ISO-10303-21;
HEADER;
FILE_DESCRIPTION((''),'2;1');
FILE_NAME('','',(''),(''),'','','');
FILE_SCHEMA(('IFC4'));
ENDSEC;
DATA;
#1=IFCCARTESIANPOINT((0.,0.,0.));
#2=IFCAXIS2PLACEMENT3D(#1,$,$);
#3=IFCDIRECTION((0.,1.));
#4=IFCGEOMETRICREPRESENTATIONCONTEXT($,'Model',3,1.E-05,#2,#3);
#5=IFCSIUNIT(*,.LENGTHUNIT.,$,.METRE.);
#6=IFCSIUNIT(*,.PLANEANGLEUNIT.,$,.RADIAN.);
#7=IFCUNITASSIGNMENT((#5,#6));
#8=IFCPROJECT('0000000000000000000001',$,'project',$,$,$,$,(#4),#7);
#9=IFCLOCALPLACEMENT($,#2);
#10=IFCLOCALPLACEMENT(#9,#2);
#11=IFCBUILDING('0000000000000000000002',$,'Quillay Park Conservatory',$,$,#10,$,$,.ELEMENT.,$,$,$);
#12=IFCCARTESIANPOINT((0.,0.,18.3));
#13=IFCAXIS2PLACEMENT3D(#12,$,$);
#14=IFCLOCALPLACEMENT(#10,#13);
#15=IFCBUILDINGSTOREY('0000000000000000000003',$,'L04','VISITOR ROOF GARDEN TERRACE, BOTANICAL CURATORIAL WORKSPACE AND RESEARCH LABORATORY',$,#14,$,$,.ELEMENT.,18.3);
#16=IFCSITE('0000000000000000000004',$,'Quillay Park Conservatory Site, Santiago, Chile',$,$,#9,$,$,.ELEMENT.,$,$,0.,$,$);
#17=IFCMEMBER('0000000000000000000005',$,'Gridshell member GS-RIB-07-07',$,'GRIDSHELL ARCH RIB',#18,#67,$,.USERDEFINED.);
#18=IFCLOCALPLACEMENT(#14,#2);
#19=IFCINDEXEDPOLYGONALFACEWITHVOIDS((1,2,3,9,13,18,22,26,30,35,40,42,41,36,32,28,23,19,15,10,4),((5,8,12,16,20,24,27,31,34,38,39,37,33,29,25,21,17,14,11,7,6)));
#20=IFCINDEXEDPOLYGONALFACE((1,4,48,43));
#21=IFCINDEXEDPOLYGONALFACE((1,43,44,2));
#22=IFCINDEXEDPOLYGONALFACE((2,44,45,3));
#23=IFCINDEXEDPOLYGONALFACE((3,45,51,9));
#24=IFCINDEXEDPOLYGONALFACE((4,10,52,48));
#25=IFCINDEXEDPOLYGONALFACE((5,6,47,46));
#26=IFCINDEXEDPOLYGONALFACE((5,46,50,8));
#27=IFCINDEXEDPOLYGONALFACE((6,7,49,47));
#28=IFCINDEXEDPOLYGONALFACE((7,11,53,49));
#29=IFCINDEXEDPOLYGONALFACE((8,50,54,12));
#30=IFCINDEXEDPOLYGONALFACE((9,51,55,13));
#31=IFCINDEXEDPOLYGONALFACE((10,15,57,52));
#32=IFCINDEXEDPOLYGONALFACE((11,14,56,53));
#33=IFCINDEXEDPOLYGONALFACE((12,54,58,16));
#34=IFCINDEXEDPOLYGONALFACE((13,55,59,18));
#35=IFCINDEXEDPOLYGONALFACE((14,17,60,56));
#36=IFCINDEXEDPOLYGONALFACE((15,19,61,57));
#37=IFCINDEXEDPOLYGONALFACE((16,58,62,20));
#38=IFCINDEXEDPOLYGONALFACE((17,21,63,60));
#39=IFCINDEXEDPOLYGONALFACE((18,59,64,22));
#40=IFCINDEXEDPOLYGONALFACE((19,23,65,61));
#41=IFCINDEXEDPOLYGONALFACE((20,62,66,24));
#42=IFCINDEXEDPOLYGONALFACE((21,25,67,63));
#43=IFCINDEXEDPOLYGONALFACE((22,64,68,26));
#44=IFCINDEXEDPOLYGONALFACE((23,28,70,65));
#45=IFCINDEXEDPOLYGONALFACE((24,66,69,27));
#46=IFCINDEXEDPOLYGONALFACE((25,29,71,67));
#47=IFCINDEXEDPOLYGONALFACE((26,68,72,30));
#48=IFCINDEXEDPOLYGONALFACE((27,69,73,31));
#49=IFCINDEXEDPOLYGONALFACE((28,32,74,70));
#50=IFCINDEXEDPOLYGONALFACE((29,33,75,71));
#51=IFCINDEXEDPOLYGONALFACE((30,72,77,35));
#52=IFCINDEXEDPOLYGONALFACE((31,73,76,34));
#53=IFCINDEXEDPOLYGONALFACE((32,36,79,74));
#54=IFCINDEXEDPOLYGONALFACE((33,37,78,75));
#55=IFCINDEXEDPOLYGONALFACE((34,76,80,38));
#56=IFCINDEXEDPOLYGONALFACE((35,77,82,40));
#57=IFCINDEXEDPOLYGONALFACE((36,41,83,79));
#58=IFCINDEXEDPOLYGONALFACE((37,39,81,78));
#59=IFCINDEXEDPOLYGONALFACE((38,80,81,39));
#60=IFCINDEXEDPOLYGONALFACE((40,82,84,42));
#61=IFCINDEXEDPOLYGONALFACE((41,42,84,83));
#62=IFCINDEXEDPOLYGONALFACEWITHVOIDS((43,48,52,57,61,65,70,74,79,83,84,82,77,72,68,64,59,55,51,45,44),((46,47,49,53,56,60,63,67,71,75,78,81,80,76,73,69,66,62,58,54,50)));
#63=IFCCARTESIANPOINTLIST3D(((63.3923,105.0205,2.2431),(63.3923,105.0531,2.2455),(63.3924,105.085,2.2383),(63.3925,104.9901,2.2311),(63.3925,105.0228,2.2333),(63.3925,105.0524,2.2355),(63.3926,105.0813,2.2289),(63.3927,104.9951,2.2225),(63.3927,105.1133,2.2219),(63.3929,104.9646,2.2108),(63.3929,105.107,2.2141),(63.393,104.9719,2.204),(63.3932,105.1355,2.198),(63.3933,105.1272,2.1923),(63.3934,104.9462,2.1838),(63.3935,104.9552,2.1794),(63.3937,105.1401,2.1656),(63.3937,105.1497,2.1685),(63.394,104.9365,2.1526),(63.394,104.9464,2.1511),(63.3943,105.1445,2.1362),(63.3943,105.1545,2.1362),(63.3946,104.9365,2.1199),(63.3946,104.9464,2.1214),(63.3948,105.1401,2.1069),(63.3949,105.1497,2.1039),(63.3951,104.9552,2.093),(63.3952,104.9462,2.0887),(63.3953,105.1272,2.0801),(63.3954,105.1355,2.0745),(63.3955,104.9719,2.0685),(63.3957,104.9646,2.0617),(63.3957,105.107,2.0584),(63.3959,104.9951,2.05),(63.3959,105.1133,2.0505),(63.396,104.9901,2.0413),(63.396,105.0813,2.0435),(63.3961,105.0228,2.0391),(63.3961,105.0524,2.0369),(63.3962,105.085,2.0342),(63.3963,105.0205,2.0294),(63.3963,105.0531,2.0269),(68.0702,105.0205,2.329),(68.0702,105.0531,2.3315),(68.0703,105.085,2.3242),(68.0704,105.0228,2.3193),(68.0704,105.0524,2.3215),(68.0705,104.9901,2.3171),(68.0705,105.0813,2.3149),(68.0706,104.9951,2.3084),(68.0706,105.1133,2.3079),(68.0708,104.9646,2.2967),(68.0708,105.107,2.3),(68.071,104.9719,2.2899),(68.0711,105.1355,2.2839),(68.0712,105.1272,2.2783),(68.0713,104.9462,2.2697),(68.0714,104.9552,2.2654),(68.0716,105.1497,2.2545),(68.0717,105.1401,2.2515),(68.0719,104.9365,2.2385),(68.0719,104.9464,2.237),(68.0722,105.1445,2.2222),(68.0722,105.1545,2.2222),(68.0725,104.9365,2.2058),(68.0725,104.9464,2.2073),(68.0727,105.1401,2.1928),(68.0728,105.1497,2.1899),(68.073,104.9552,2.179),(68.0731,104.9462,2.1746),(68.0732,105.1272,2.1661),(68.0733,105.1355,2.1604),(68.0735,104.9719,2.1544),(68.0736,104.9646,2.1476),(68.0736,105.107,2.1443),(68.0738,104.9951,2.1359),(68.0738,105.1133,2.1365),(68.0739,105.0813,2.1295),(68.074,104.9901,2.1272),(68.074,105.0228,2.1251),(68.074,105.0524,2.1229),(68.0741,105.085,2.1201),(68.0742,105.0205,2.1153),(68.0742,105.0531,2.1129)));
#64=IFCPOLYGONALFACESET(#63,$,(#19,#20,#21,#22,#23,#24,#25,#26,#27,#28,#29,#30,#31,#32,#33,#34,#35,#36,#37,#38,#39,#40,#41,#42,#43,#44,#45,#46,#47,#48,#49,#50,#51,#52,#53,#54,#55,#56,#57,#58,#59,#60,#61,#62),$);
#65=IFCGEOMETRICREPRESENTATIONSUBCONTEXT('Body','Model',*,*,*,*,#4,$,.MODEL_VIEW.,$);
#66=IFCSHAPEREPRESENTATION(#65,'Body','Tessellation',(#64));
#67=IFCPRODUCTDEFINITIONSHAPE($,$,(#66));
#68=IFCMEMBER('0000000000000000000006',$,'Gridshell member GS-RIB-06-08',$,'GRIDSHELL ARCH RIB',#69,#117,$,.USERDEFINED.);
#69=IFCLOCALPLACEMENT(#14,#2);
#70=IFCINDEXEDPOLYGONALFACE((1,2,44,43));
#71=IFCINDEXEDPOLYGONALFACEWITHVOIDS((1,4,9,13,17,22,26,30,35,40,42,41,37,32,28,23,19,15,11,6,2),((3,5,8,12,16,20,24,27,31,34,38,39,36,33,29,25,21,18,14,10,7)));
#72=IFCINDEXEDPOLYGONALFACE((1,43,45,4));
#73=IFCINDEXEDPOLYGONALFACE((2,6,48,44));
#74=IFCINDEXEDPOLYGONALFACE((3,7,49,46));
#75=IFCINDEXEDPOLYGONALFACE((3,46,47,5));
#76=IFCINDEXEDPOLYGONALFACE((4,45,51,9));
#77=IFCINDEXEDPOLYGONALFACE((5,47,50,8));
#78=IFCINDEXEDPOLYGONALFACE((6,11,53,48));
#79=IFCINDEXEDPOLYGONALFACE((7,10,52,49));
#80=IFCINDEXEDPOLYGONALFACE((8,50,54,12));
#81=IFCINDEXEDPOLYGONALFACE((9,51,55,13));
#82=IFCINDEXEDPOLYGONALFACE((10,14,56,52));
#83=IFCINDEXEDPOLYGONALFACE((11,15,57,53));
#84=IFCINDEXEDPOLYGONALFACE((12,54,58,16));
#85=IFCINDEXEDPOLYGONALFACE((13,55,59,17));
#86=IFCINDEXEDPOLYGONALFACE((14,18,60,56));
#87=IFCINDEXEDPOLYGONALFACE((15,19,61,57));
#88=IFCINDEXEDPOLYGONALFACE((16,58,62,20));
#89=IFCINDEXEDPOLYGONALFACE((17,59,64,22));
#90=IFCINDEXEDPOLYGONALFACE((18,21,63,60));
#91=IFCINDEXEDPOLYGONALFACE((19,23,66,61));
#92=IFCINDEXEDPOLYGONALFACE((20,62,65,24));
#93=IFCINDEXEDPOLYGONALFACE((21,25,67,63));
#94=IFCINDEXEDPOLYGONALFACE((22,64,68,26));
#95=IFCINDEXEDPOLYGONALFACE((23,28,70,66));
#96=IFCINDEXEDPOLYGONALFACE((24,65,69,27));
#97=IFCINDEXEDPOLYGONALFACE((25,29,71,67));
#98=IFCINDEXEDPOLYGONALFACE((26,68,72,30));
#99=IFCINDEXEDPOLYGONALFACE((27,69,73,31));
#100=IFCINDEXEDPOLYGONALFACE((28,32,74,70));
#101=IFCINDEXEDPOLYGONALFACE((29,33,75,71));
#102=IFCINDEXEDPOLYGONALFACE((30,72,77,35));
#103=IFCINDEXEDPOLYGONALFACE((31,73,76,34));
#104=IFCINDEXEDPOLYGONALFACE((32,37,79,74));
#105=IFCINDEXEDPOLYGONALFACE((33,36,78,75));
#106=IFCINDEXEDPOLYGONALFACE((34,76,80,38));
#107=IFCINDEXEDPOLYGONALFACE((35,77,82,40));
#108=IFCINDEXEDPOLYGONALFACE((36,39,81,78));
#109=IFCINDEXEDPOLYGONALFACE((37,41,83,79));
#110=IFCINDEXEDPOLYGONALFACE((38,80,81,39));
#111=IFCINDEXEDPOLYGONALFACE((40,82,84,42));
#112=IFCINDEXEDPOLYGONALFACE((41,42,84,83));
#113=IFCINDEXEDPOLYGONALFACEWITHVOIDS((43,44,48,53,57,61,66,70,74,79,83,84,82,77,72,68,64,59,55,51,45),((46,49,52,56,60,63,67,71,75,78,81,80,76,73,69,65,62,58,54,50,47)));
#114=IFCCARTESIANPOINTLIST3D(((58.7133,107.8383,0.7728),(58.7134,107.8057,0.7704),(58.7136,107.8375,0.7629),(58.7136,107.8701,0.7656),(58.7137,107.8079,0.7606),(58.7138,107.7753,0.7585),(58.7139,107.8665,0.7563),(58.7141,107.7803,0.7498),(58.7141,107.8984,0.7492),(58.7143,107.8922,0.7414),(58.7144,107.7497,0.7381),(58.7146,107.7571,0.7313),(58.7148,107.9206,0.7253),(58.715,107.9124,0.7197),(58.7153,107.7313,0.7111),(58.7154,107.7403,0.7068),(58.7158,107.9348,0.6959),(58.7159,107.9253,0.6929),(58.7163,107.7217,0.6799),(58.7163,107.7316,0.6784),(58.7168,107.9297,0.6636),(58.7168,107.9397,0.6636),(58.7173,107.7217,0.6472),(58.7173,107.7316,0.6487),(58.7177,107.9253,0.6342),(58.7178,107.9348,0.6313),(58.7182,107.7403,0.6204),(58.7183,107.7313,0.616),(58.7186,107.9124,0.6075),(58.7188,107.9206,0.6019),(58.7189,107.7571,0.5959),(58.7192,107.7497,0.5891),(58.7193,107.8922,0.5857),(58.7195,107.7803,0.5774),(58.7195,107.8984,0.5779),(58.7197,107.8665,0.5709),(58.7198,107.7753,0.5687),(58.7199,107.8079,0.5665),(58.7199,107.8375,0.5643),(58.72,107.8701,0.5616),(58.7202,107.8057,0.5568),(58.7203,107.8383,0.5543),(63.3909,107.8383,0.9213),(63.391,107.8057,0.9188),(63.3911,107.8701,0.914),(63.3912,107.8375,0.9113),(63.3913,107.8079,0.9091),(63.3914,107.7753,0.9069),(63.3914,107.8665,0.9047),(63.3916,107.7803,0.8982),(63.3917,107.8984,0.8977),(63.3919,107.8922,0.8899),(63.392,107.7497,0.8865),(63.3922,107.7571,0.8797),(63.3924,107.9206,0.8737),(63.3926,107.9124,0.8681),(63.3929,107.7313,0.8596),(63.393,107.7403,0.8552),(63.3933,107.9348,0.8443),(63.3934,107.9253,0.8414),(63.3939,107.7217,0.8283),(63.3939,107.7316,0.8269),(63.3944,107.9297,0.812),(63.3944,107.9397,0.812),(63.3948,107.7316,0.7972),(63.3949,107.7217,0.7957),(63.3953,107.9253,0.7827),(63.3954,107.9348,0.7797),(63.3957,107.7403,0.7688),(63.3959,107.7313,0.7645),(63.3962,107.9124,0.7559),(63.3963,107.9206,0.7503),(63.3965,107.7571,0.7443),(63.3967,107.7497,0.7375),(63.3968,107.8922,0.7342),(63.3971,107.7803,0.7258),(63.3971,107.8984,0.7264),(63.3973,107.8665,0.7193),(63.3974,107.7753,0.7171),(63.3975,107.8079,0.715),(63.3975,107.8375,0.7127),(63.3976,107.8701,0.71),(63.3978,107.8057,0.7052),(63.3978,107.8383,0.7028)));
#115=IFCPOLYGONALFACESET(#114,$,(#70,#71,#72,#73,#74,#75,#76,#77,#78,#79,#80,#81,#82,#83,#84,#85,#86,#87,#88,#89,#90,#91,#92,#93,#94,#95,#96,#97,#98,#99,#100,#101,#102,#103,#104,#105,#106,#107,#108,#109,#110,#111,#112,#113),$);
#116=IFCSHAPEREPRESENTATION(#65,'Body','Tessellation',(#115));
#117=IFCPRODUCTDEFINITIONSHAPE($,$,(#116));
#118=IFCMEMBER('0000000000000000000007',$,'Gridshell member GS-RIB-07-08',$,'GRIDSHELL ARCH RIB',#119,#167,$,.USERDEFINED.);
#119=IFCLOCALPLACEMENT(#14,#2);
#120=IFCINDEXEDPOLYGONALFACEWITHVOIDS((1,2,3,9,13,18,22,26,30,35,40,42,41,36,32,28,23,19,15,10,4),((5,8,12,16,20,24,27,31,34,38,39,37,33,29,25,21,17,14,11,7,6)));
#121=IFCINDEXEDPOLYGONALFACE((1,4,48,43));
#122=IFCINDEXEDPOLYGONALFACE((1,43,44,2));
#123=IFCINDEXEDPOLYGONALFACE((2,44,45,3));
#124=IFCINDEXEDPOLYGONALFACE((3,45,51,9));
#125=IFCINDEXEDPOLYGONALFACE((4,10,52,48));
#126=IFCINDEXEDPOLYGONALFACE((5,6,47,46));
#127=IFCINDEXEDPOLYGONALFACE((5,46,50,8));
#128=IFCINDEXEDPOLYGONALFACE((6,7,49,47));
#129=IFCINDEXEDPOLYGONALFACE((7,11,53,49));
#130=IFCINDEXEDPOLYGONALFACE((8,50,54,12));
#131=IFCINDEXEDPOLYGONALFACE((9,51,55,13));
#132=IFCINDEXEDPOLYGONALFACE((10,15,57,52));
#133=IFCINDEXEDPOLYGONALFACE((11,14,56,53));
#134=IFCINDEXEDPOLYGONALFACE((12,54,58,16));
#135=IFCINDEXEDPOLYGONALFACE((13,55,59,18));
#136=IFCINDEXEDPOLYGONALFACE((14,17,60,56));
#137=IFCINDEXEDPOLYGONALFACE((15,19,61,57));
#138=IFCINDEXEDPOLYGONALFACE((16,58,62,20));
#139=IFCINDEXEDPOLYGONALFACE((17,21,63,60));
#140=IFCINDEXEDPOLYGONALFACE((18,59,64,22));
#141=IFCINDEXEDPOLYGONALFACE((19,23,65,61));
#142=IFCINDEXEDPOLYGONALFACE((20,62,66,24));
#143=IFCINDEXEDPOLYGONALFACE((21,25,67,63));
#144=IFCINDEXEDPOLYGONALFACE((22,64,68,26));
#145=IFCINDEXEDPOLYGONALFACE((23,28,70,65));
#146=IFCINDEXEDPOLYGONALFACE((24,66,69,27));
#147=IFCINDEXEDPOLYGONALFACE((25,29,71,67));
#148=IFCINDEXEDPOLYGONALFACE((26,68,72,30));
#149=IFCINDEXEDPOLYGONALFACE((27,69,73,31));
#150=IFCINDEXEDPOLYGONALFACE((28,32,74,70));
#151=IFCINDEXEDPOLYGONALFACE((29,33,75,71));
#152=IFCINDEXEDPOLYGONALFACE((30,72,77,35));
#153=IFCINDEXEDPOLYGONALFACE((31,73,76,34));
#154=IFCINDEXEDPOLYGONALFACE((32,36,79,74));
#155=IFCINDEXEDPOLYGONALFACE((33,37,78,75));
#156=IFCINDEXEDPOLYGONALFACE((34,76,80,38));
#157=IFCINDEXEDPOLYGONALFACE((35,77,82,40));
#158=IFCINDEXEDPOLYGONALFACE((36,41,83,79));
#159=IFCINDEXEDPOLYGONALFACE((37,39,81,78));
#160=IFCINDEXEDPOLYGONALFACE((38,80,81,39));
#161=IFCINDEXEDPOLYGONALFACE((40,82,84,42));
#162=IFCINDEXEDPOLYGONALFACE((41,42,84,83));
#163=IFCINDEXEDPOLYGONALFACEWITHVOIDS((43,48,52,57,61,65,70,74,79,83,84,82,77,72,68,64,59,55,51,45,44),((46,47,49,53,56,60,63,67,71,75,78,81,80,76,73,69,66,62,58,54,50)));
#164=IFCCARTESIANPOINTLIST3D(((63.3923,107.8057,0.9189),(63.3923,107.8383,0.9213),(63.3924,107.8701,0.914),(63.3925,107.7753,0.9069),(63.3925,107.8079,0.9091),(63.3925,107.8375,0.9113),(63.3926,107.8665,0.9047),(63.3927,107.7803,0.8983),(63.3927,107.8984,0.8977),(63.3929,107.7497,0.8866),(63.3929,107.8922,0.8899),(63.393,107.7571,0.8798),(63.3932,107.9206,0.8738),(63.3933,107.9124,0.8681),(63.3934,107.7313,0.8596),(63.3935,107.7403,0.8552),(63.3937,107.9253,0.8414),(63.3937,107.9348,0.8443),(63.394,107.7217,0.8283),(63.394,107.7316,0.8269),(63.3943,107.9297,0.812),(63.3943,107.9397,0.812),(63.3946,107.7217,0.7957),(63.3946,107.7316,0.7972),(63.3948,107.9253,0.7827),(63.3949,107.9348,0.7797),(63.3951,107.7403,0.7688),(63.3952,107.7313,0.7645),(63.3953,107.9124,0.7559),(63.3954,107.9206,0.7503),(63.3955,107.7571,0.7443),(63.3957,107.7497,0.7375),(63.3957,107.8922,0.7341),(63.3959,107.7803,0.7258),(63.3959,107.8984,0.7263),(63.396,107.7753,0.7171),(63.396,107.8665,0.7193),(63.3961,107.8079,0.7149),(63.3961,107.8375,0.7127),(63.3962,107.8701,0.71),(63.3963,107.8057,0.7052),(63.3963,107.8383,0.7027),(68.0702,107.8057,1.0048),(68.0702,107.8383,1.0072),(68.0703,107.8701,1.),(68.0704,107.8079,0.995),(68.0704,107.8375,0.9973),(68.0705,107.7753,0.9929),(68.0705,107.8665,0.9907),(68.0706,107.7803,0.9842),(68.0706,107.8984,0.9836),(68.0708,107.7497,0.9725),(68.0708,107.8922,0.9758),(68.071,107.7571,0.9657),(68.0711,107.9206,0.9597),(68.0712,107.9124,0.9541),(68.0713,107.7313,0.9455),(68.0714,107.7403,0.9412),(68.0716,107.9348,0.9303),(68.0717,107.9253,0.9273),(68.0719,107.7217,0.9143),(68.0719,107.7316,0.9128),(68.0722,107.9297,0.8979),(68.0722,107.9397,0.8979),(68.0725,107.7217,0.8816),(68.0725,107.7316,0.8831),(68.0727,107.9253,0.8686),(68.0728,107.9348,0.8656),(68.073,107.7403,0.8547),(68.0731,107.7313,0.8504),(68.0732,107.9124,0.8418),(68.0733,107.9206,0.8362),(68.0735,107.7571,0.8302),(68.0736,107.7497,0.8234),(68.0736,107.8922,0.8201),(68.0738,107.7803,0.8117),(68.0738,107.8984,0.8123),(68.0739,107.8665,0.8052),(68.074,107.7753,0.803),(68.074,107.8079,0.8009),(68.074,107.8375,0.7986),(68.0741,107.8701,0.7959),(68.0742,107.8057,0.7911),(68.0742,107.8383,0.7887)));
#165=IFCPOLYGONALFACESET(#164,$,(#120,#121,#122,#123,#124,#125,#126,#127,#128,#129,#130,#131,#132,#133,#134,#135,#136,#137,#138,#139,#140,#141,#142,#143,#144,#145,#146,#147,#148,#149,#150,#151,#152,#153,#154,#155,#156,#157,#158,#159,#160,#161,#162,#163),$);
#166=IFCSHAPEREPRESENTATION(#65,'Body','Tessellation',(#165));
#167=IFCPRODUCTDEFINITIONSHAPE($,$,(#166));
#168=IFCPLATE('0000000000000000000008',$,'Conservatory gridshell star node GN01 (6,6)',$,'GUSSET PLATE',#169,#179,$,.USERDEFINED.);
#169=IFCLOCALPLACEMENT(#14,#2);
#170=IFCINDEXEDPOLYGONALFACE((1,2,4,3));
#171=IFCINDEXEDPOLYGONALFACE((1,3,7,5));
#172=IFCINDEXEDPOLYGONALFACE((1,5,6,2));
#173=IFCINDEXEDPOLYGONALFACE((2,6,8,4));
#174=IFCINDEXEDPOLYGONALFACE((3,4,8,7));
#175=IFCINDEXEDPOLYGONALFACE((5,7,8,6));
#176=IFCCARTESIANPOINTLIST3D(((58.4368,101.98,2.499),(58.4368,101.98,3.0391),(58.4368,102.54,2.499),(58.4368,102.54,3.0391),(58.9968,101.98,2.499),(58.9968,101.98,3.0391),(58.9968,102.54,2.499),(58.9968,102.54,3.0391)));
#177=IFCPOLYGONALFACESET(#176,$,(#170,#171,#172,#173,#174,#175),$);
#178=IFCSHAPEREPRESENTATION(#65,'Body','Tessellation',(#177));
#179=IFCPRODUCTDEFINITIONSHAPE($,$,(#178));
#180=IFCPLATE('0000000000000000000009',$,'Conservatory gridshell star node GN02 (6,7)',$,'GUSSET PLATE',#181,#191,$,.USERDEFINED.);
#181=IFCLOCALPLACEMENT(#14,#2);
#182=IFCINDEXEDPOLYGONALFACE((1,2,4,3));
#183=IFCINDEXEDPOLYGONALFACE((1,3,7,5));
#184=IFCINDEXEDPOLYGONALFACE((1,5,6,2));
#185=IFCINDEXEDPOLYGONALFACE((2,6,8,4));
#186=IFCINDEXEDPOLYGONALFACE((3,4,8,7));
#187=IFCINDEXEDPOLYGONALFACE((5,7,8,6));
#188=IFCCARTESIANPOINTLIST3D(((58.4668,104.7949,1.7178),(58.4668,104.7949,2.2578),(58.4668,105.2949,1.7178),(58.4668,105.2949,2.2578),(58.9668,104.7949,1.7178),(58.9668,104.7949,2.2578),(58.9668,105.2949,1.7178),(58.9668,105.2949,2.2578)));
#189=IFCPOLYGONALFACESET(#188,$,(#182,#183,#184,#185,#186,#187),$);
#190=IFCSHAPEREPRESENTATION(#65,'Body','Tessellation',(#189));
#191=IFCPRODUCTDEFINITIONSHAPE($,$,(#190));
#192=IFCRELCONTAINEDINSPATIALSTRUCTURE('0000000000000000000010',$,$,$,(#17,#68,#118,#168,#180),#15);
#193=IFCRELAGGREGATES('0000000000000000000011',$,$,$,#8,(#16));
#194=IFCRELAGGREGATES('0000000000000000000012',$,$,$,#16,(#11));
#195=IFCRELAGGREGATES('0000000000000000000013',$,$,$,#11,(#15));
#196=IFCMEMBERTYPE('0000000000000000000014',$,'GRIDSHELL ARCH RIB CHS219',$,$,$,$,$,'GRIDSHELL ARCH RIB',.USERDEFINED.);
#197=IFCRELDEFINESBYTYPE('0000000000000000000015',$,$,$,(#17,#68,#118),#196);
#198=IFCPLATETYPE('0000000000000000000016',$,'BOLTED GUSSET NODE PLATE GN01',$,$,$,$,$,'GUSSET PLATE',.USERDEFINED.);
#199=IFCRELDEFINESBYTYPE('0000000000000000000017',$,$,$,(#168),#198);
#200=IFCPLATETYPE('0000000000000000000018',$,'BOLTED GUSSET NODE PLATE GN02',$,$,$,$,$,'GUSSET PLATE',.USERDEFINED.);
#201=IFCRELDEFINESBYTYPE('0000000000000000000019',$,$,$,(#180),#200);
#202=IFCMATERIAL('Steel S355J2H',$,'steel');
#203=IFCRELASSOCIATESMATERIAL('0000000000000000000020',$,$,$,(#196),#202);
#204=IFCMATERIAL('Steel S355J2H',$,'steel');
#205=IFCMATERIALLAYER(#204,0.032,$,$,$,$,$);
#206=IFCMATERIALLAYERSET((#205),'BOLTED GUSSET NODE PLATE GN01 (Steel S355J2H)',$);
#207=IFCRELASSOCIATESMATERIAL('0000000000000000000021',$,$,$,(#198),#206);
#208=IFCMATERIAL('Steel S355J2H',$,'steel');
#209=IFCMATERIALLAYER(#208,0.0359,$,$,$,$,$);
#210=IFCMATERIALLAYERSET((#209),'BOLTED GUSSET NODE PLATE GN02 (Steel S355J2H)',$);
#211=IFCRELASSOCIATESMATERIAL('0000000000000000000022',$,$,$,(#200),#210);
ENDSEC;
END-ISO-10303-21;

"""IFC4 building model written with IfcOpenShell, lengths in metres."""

from ifc_helpers import new_model, si_unit, direction, frame, origin, origin_2d, place, context, subcontext, project, spatial, rectangle, hollow_circle, extrude, material, layer, layer_set, material_profile, profile_set, type_object, element, save


model = new_model("IFC4")

# Units and contexts
model_context = context("Model", 3, precision=1e-05, world=origin(), true_north=direction((0.0, 1.0)))
body_context = subcontext(model_context, "Body", "Model", "MODEL_VIEW")
ifc_project = project(units=[si_unit("LENGTHUNIT", "METRE"), si_unit("PLANEANGLEUNIT", "RADIAN")], contexts=[model_context])

# Site, building, storey
site_placement = place(None, origin())
site = spatial("IfcSite", under=ifc_project, at=site_placement, Name="Quillay Park Conservatory Site, Santiago, Chile", CompositionType="ELEMENT", RefElevation=0.0)
building_placement = place(site_placement, origin())
building = spatial("IfcBuilding", under=site, at=building_placement, Name="Quillay Park Conservatory", CompositionType="ELEMENT")
storey_placement = place(building_placement, frame((0.0, 0.0, 18.3)))
storey = spatial("IfcBuildingStorey", under=building, at=storey_placement, Name="L04", Description="VISITOR ROOF GARDEN TERRACE, BOTANICAL CURATORIAL WORKSPACE AND RESEARCH LABORATORY", CompositionType="ELEMENT", Elevation=18.3)

# Members
ifc_material_1 = material(Name="Steel S355J2H", Category="steel")
ifc_material_profile_1 = material_profile(ifc_material_1, hollow_circle(Radius=0.1096, WallThickness=0.01, at=origin_2d()), Name="CHS219.1x10")
ifc_profile_set_1 = profile_set([ifc_material_profile_1], Name="Steel S355J2H")
member_type = type_object("IfcMemberType", Name="GRIDSHELL ARCH RIB CHS219", ElementType="GRIDSHELL ARCH RIB", PredefinedType="USERDEFINED", material=ifc_profile_set_1)
member_1_placement = place(storey_placement, frame((63.3943, 105.0449, 2.1362), z_axis=(0.999831, 0.0, 0.018368), x_axis=(0.0, 1.0, 0.0)))
element("IfcMember", 1, at=member_1_placement, inside=storey, type_object=member_type, Name="Gridshell member GS-RIB-07-07", ObjectType="GRIDSHELL ARCH RIB", PredefinedType="USERDEFINED", context=body_context, shape_type="SweptSolid", body=[
    extrude(hollow_circle(Radius=0.1096, WallThickness=0.01, at=origin_2d()), origin(), (0.0, 0.0, 1.0), 4.6787),
])
member_2_placement = place(storey_placement, frame((58.7168, 107.8301, 0.6636), z_axis=(0.999497, 0.0, 0.031718), x_axis=(0.0, 1.0, 0.0)))
element("IfcMember", 2, at=member_2_placement, inside=storey, type_object=member_type, Name="Gridshell member GS-RIB-06-08", ObjectType="GRIDSHELL ARCH RIB", PredefinedType="USERDEFINED", context=body_context, shape_type="SweptSolid", body=[
    extrude(hollow_circle(Radius=0.1096, WallThickness=0.01, at=origin_2d()), origin(), (0.0, 0.0, 1.0), 4.6799),
])
member_3_placement = place(storey_placement, frame((63.3943, 107.8301, 0.812), z_axis=(0.999831, 0.0, 0.018368), x_axis=(0.0, 1.0, 0.0)))
element("IfcMember", 3, at=member_3_placement, inside=storey, type_object=member_type, Name="Gridshell member GS-RIB-07-08", ObjectType="GRIDSHELL ARCH RIB", PredefinedType="USERDEFINED", context=body_context, shape_type="SweptSolid", body=[
    extrude(hollow_circle(Radius=0.1096, WallThickness=0.01, at=origin_2d()), origin(), (0.0, 0.0, 1.0), 4.6787),
])

# Plates
ifc_material_2 = material(Name="Steel S355J2H", Category="steel")
ifc_layer_1 = layer(ifc_material_2, 0.032)
ifc_layer_set_1 = layer_set([ifc_layer_1], Name="BOLTED GUSSET NODE PLATE GN01 (Steel S355J2H)")
plate_type_1 = type_object("IfcPlateType", Name="BOLTED GUSSET NODE PLATE GN01", ElementType="GUSSET PLATE", PredefinedType="USERDEFINED", material=ifc_layer_set_1)
plate_1_placement = place(storey_placement, frame((58.7168, 102.26, 2.499), z_axis=(0.0, 0.0, 1.0), x_axis=(1.0, 0.0, 0.0)))
element("IfcPlate", 4, at=plate_1_placement, inside=storey, type_object=plate_type_1, Name="Conservatory gridshell star node GN01 (6,6)", ObjectType="GUSSET PLATE", PredefinedType="USERDEFINED", context=body_context, shape_type="SweptSolid", body=[
    extrude(rectangle(XDim=0.5601, YDim=0.5601, at=origin_2d()), origin(), (0.0, 0.0, 1.0), 0.54),
])
ifc_material_3 = material(Name="Steel S355J2H", Category="steel")
ifc_layer_2 = layer(ifc_material_3, 0.0359)
ifc_layer_set_2 = layer_set([ifc_layer_2], Name="BOLTED GUSSET NODE PLATE GN02 (Steel S355J2H)")
plate_type_2 = type_object("IfcPlateType", Name="BOLTED GUSSET NODE PLATE GN02", ElementType="GUSSET PLATE", PredefinedType="USERDEFINED", material=ifc_layer_set_2)
for number, where, z_axis, x_axis, name in (
    (5, (58.7168, 105.0449, 1.7178), (0.0, 0.0, 1.0), (1.0, 0.0, 0.0), "Conservatory gridshell star node GN02 (6,7)"),
):
    element("IfcPlate", number, at=place(storey_placement, frame(where, z_axis=z_axis, x_axis=x_axis)), inside=storey, type_object=plate_type_2, Name=name, ObjectType="GUSSET PLATE", PredefinedType="USERDEFINED", context=body_context, shape_type="SweptSolid", body=[
        extrude(rectangle(XDim=0.5, YDim=0.5, at=origin_2d()), origin(), (0.0, 0.0, 1.0), 0.54),
    ])

save(model, "model.ifc")
